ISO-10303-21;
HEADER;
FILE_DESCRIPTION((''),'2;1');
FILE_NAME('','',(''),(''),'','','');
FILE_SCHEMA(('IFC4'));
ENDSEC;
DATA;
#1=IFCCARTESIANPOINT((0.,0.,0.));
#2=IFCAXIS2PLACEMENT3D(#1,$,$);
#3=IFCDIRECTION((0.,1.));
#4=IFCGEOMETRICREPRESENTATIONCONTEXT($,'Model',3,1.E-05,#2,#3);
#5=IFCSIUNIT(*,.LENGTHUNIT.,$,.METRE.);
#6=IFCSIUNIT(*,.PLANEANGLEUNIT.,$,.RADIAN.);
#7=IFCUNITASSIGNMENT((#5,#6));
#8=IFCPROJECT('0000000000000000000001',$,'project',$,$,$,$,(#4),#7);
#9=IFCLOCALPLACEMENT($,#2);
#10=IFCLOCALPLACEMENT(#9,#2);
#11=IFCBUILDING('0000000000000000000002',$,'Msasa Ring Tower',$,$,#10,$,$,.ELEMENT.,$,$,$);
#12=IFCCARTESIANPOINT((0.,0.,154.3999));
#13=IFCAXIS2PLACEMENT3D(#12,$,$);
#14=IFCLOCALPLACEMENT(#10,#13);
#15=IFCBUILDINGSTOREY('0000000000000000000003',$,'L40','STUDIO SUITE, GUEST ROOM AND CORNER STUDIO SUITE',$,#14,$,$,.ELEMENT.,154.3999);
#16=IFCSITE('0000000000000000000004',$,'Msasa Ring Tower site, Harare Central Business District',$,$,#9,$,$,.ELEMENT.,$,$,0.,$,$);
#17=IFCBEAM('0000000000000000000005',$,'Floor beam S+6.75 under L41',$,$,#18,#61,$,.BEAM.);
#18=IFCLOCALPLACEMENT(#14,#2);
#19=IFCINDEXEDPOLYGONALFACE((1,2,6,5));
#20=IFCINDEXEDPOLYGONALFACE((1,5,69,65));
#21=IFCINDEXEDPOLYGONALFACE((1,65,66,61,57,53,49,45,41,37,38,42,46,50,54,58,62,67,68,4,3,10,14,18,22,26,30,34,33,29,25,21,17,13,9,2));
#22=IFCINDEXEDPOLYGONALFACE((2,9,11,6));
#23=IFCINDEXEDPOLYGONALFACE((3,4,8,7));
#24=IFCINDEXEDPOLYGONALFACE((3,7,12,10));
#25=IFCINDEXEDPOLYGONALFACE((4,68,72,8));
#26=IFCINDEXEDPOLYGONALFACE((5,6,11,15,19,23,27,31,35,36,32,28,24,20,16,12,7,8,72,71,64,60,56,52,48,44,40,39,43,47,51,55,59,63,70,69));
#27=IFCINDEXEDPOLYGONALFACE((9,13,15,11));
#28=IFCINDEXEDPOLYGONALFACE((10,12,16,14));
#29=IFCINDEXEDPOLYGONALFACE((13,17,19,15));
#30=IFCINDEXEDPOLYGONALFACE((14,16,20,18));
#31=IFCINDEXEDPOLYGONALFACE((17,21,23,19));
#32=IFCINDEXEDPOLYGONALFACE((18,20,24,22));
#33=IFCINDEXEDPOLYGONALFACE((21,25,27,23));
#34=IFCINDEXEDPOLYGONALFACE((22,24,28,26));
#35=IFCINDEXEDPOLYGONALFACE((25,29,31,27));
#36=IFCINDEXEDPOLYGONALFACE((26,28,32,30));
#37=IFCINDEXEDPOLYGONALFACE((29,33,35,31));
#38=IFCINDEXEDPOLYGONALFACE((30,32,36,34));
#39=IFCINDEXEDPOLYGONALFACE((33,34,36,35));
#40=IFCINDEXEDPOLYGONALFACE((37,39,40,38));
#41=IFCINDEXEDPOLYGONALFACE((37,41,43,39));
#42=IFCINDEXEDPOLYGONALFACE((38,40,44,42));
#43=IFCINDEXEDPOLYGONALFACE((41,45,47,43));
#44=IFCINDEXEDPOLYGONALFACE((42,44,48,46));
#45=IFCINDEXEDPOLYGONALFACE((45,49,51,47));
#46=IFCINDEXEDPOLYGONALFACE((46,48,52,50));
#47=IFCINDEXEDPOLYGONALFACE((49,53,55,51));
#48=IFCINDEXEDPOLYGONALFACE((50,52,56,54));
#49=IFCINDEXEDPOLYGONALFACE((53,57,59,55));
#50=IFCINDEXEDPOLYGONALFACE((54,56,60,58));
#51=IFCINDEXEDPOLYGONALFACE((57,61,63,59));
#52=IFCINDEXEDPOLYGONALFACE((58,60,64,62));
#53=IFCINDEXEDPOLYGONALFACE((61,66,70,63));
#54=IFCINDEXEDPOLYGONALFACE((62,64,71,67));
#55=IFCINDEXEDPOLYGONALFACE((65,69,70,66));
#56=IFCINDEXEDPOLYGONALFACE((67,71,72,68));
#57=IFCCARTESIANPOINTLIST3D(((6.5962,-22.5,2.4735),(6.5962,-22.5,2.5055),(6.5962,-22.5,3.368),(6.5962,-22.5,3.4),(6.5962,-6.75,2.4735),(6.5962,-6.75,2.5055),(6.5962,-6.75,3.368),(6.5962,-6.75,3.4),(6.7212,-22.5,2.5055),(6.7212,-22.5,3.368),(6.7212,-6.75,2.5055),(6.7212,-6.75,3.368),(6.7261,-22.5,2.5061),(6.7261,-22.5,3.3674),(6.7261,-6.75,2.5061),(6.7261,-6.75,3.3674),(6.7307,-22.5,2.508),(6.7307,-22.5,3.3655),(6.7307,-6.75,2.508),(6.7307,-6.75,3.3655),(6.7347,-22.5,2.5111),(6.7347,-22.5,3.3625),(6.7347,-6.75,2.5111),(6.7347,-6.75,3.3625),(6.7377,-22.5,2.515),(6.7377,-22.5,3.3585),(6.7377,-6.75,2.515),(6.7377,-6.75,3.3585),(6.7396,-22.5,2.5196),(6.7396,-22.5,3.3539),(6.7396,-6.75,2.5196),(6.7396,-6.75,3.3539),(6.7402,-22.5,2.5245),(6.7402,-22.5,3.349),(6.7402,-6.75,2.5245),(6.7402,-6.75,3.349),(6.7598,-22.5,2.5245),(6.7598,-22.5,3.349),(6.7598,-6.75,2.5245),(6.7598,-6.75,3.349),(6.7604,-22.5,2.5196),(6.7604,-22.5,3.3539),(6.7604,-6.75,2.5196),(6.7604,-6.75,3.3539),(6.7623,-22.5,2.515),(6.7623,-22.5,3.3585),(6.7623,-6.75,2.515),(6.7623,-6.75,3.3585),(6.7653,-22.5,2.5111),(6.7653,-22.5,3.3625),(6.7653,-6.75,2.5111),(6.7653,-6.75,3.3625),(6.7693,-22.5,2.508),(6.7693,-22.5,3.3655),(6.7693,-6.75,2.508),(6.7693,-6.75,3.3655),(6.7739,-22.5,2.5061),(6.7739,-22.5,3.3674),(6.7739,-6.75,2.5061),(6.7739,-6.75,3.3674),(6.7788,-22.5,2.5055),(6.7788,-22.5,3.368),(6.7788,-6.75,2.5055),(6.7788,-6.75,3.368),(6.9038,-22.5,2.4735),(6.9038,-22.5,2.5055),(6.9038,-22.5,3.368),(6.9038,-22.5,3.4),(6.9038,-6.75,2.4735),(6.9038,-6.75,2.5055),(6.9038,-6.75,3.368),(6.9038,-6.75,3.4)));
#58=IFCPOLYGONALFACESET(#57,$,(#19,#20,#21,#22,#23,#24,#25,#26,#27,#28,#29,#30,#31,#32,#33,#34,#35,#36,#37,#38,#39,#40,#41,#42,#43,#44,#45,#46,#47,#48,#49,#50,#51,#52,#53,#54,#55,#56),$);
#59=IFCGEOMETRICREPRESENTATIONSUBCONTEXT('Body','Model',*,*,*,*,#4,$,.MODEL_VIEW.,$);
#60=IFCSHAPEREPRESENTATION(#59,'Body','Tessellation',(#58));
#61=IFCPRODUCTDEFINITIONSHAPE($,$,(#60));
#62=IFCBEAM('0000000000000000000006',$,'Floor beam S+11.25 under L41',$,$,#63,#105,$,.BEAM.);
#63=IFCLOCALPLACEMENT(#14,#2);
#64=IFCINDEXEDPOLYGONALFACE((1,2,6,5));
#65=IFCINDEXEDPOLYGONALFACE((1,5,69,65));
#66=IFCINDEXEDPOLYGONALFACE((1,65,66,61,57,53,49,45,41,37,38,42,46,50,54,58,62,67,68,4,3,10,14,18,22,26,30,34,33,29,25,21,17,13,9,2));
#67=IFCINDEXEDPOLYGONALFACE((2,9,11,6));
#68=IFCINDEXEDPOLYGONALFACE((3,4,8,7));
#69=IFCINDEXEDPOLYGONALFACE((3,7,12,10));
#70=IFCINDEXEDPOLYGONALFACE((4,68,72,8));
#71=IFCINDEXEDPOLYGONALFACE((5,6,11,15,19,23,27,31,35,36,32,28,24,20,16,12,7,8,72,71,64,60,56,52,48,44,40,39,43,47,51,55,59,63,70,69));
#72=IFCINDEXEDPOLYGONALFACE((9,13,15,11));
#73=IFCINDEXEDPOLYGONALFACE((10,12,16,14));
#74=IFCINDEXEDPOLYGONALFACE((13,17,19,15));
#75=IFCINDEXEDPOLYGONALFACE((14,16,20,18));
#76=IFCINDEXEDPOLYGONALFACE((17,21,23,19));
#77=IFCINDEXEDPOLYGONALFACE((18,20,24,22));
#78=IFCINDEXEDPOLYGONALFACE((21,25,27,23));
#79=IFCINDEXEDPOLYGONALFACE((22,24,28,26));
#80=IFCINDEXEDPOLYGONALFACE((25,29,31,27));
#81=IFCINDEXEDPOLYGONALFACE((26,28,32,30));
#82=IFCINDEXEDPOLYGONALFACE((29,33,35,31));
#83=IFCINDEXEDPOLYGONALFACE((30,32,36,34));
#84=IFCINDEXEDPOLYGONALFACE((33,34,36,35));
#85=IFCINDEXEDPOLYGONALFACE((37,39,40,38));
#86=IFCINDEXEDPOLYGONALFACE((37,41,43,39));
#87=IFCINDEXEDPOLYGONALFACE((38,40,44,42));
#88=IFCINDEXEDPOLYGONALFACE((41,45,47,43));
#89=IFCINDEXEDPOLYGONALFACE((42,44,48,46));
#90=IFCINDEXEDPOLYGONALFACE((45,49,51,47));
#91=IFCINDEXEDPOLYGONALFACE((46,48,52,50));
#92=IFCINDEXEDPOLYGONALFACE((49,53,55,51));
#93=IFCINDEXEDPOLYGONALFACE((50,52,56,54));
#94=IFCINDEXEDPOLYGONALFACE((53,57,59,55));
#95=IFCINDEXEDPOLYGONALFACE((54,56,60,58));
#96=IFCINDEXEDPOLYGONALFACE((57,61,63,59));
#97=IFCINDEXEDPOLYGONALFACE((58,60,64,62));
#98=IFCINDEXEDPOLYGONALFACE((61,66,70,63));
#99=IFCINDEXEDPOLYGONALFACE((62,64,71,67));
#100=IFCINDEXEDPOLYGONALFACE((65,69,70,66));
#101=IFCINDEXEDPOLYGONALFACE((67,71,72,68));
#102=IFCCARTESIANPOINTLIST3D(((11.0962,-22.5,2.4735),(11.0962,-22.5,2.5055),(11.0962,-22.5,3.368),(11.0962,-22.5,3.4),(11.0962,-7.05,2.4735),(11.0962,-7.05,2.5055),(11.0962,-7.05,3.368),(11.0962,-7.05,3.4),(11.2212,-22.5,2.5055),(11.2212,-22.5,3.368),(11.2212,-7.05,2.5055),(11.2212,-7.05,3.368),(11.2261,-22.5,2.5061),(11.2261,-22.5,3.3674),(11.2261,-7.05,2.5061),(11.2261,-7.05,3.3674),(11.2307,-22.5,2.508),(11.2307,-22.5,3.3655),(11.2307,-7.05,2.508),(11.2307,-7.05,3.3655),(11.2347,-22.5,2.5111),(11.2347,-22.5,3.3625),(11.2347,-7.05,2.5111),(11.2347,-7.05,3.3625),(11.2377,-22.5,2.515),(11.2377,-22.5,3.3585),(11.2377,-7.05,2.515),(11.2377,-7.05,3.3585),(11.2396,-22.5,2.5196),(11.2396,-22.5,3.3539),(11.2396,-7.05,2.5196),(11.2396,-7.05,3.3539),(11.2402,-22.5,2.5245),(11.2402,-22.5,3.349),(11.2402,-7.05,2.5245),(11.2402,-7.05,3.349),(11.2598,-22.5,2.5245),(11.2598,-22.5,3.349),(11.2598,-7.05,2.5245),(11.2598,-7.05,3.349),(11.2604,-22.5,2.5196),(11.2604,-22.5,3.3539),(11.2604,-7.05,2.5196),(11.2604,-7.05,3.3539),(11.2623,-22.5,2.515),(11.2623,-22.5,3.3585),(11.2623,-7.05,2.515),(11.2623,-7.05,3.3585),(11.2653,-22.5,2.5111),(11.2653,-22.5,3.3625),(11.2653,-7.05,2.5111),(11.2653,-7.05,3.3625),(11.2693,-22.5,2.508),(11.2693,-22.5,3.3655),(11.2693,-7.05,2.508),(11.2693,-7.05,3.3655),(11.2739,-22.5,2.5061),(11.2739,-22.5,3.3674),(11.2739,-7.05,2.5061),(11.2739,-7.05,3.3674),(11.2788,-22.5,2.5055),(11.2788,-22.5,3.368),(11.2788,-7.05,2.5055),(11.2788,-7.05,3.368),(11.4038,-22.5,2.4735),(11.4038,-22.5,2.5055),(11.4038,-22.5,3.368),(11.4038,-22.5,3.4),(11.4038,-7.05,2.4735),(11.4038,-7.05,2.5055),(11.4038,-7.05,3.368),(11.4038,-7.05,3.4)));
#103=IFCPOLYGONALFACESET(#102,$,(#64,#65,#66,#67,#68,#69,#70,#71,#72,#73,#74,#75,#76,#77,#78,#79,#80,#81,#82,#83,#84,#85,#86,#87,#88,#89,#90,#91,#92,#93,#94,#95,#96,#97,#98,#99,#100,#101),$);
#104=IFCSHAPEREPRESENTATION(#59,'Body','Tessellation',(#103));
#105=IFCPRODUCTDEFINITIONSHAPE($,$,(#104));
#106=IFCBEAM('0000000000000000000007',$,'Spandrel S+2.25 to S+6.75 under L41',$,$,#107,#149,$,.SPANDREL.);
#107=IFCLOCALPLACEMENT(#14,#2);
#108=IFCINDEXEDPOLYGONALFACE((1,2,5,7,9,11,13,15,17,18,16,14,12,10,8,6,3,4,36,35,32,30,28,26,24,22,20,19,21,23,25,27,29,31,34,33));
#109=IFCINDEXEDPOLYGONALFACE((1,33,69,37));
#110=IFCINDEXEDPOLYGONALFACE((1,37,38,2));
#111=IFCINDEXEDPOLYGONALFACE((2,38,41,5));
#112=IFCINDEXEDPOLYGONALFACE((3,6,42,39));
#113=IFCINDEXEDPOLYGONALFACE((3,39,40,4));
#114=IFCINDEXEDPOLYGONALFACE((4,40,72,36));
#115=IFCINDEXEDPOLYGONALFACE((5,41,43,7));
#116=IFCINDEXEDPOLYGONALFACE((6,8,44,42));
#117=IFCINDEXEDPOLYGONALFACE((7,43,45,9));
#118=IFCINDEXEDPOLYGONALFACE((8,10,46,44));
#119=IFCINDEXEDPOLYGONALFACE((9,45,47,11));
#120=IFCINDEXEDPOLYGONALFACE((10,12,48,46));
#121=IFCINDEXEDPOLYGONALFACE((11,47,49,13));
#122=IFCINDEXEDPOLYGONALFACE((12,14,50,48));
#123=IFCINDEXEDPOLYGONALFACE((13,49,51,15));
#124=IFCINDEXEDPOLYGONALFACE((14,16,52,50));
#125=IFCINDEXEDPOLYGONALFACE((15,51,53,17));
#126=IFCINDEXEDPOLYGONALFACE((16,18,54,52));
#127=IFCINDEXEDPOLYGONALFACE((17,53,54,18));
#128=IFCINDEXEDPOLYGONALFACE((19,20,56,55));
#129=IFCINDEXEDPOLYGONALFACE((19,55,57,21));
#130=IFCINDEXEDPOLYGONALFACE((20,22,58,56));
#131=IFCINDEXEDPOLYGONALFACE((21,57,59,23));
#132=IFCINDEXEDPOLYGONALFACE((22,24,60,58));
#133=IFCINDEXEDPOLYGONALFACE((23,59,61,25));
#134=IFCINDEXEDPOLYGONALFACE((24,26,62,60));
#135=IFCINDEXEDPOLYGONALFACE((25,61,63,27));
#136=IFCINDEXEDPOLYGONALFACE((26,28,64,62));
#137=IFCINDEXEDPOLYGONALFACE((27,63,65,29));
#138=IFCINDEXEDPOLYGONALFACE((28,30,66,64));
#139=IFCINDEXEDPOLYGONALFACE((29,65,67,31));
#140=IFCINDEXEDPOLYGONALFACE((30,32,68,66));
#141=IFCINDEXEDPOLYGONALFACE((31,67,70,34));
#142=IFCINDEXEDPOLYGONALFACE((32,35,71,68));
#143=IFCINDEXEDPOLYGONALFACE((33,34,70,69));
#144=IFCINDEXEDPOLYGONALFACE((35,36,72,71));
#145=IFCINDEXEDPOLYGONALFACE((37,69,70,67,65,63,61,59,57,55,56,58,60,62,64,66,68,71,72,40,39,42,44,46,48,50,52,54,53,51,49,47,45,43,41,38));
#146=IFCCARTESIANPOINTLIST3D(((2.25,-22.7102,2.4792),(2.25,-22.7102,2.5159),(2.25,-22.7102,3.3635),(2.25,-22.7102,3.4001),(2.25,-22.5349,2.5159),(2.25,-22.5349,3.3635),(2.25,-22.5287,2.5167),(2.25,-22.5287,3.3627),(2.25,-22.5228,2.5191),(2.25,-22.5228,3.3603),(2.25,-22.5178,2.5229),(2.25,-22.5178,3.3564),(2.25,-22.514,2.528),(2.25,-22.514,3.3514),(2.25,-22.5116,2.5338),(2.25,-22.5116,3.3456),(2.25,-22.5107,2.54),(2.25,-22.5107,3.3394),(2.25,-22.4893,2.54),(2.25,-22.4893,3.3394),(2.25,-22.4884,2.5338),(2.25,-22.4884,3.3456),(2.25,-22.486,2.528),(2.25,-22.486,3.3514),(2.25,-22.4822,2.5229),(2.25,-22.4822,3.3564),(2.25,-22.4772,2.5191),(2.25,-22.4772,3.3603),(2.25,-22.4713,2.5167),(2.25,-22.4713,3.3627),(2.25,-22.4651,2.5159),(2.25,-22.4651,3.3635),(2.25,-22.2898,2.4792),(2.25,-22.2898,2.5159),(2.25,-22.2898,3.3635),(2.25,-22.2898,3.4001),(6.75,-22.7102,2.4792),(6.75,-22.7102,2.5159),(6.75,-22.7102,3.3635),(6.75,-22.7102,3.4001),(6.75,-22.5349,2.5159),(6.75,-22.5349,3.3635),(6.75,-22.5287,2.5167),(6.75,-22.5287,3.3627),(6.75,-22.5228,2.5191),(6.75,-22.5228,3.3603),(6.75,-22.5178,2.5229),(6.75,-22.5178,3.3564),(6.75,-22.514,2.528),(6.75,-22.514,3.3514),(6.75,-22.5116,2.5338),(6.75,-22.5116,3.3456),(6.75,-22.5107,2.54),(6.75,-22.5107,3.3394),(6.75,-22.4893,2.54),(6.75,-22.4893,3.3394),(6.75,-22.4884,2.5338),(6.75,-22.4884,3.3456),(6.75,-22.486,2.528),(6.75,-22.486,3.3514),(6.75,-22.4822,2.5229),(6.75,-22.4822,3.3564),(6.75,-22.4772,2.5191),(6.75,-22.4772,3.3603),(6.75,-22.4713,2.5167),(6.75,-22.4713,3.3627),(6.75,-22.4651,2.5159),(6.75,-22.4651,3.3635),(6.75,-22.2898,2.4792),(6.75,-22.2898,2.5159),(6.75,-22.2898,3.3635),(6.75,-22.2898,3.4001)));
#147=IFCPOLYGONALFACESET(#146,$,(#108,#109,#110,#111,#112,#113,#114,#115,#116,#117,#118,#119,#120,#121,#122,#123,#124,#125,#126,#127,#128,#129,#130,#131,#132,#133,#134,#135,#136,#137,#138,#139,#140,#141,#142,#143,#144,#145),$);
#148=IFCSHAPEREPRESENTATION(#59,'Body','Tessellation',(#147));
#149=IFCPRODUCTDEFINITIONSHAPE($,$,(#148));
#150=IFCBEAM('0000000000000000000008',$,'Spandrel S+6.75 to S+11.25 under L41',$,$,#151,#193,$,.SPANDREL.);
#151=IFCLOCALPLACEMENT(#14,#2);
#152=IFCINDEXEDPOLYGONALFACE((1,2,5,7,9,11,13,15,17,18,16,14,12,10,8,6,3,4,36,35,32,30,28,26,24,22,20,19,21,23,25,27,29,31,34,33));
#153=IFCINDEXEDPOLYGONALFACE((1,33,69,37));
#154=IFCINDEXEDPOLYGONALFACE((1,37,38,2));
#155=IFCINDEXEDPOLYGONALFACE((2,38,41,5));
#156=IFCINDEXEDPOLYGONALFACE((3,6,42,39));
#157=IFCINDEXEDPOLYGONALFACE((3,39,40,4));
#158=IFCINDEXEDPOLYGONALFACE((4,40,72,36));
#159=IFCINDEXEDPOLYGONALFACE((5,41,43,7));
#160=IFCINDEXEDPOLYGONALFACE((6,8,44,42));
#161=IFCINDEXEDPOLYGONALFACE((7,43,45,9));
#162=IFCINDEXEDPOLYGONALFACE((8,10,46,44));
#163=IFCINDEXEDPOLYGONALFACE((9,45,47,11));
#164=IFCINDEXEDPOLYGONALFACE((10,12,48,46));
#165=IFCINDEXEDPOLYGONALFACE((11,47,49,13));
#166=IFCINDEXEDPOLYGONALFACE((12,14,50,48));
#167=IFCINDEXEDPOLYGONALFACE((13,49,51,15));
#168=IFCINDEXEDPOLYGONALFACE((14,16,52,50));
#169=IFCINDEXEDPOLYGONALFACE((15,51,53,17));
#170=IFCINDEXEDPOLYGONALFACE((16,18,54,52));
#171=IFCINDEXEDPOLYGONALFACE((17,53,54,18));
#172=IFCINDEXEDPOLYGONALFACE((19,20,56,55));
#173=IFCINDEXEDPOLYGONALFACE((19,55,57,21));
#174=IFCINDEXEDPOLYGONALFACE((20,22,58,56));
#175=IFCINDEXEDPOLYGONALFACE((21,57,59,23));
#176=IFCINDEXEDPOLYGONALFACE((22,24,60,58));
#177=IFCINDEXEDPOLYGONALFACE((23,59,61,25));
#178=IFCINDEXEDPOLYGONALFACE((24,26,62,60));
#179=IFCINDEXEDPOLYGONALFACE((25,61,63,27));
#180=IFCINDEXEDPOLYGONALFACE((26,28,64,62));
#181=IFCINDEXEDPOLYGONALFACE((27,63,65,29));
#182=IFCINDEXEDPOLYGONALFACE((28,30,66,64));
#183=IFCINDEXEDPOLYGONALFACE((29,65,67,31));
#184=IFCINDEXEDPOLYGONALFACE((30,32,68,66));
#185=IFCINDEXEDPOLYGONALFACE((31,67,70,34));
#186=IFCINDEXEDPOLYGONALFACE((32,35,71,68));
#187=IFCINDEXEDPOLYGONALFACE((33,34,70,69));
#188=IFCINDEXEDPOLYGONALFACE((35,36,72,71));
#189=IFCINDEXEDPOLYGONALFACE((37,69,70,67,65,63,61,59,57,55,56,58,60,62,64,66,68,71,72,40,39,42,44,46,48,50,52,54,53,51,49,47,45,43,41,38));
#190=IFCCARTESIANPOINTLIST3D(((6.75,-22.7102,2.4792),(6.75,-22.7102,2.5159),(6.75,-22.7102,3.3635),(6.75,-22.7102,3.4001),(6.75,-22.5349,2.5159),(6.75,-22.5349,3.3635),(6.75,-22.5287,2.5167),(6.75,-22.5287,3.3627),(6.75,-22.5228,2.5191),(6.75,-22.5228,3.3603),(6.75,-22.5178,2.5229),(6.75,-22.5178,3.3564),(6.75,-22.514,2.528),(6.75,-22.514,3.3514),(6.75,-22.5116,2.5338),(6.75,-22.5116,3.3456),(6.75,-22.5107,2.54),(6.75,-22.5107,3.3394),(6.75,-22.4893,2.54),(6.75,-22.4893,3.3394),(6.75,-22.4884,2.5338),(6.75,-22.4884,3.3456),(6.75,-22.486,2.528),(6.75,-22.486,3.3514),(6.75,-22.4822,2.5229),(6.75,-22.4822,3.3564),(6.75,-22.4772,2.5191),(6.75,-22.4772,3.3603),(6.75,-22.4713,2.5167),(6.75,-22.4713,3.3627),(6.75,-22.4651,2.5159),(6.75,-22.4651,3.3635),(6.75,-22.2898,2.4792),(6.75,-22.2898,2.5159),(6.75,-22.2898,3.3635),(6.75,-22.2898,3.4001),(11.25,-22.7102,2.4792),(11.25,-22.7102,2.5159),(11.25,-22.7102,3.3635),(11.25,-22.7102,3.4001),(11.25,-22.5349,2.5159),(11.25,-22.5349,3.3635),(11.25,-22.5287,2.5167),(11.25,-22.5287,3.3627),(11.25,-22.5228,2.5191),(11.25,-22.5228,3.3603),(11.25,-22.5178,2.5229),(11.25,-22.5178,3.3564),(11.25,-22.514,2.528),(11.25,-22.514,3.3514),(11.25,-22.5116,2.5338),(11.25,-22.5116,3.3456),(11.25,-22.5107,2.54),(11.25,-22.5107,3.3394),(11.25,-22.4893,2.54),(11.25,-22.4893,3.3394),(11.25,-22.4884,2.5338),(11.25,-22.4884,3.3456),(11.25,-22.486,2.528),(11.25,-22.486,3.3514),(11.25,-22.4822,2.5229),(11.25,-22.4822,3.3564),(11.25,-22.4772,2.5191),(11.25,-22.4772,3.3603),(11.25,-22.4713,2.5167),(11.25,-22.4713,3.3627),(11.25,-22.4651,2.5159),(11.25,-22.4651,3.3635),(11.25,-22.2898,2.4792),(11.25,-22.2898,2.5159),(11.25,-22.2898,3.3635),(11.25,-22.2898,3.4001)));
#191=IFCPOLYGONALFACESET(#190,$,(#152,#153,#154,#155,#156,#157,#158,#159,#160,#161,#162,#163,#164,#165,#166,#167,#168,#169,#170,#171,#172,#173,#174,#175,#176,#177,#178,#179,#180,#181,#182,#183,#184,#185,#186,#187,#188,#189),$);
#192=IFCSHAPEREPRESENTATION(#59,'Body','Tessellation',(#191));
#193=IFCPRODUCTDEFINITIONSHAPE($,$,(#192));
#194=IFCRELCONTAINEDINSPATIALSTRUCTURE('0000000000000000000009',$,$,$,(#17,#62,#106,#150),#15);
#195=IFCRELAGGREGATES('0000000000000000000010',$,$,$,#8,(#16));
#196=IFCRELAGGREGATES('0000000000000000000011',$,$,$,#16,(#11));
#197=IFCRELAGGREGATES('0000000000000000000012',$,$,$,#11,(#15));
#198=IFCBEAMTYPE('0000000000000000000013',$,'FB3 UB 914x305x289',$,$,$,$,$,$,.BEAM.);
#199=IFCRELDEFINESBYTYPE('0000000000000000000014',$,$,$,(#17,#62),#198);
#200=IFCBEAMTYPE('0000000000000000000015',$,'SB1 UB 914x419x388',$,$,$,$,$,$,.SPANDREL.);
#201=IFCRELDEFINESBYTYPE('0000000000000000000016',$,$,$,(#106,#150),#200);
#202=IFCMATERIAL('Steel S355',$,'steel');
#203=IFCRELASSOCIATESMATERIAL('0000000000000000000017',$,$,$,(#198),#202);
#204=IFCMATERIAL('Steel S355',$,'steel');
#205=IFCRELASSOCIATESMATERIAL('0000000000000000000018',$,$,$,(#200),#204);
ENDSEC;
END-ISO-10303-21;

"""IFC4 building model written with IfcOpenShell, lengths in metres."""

from ifc_helpers import new_model, si_unit, direction, frame, origin, origin_2d, place, context, subcontext, project, spatial, i_section, extrude, material, material_profile, profile_set, type_object, element, save


model = new_model("IFC4")

# Units and contexts
model_context = context("Model", 3, precision=1e-05, world=origin(), true_north=direction((0.0, 1.0)))
body_context = subcontext(model_context, "Body", "Model", "MODEL_VIEW")
ifc_project = project(units=[si_unit("LENGTHUNIT", "METRE"), si_unit("PLANEANGLEUNIT", "RADIAN")], contexts=[model_context])

# Site, building, storey
site_placement = place(None, origin())
site = spatial("IfcSite", under=ifc_project, at=site_placement, Name="Msasa Ring Tower site, Harare Central Business District", CompositionType="ELEMENT", RefElevation=0.0)
building_placement = place(site_placement, origin())
building = spatial("IfcBuilding", under=site, at=building_placement, Name="Msasa Ring Tower", CompositionType="ELEMENT")
storey_placement = place(building_placement, frame((0.0, 0.0, 154.3999)))
storey = spatial("IfcBuildingStorey", under=building, at=storey_placement, Name="L40", Description="STUDIO SUITE, GUEST ROOM AND CORNER STUDIO SUITE", CompositionType="ELEMENT", Elevation=154.3999)

# Beams
ifc_material_1 = material(Name="Steel S355", Category="steel")
ifc_material_profile_1 = material_profile(ifc_material_1, i_section(OverallWidth=0.3076, OverallDepth=0.9265, WebThickness=0.0195, FlangeThickness=0.032, FilletRadius=0.019, at=origin_2d()), Name="UB 914x305x289")
ifc_profile_set_1 = profile_set([ifc_material_profile_1], Name="Steel S355")
beam_type_1 = type_object("IfcBeamType", Name="FB3 UB 914x305x289", PredefinedType="BEAM", material=ifc_profile_set_1)
for number, where, z_axis, x_axis, name in (
    (1, (6.75, -22.5, 2.9368), (0.0, 1.0, 0.0), (-1.0, 0.0, 0.0), "Floor beam S+6.75 under L41"),
):
    element("IfcBeam", number, at=place(storey_placement, frame(where, z_axis=z_axis, x_axis=x_axis)), inside=storey, type_object=beam_type_1, Name=name, PredefinedType="BEAM", context=body_context, shape_type="SweptSolid", body=[
        extrude(i_section(OverallWidth=0.3076, OverallDepth=0.9265, WebThickness=0.0195, FlangeThickness=0.032, FilletRadius=0.019, at=origin_2d()), origin(), (0.0, 0.0, 1.0), 15.75),
    ])
beam_placement = place(storey_placement, frame((11.25, -22.5, 2.9368), z_axis=(0.0, 1.0, 0.0), x_axis=(-1.0, 0.0, 0.0)))
element("IfcBeam", 2, at=beam_placement, inside=storey, type_object=beam_type_1, Name="Floor beam S+11.25 under L41", PredefinedType="BEAM", context=body_context, shape_type="SweptSolid", body=[
    extrude(i_section(OverallWidth=0.3076, OverallDepth=0.9265, WebThickness=0.0195, FlangeThickness=0.032, FilletRadius=0.019, at=origin_2d()), origin(), (0.0, 0.0, 1.0), 15.45),
])
ifc_material_2 = material(Name="Steel S355", Category="steel")
ifc_material_profile_2 = material_profile(ifc_material_2, i_section(OverallWidth=0.4204, OverallDepth=0.9209, WebThickness=0.0215, FlangeThickness=0.0366, FilletRadius=0.0242, at=origin_2d()), Name="UB 914x419x388")
ifc_profile_set_2 = profile_set([ifc_material_profile_2], Name="Steel S355")
beam_type_2 = type_object("IfcBeamType", Name="SB1 UB 914x419x388", PredefinedType="SPANDREL", material=ifc_profile_set_2)
for number, where, z_axis, x_axis, name in (
    (3, (2.25, -22.5, 2.9397), (1.0, 0.0, 0.0), (0.0, 1.0, 0.0), "Spandrel S+2.25 to S+6.75 under L41"),
    (4, (6.75, -22.5, 2.9397), (1.0, 0.0, 0.0), (0.0, 1.0, 0.0), "Spandrel S+6.75 to S+11.25 under L41"),
):
    element("IfcBeam", number, at=place(storey_placement, frame(where, z_axis=z_axis, x_axis=x_axis)), inside=storey, type_object=beam_type_2, Name=name, PredefinedType="SPANDREL", context=body_context, shape_type="SweptSolid", body=[
        extrude(i_section(OverallWidth=0.4204, OverallDepth=0.9209, WebThickness=0.0215, FlangeThickness=0.0366, FilletRadius=0.0242, at=origin_2d()), origin(), (0.0, 0.0, 1.0), 4.5),
    ])

save(model, "model.ifc")
